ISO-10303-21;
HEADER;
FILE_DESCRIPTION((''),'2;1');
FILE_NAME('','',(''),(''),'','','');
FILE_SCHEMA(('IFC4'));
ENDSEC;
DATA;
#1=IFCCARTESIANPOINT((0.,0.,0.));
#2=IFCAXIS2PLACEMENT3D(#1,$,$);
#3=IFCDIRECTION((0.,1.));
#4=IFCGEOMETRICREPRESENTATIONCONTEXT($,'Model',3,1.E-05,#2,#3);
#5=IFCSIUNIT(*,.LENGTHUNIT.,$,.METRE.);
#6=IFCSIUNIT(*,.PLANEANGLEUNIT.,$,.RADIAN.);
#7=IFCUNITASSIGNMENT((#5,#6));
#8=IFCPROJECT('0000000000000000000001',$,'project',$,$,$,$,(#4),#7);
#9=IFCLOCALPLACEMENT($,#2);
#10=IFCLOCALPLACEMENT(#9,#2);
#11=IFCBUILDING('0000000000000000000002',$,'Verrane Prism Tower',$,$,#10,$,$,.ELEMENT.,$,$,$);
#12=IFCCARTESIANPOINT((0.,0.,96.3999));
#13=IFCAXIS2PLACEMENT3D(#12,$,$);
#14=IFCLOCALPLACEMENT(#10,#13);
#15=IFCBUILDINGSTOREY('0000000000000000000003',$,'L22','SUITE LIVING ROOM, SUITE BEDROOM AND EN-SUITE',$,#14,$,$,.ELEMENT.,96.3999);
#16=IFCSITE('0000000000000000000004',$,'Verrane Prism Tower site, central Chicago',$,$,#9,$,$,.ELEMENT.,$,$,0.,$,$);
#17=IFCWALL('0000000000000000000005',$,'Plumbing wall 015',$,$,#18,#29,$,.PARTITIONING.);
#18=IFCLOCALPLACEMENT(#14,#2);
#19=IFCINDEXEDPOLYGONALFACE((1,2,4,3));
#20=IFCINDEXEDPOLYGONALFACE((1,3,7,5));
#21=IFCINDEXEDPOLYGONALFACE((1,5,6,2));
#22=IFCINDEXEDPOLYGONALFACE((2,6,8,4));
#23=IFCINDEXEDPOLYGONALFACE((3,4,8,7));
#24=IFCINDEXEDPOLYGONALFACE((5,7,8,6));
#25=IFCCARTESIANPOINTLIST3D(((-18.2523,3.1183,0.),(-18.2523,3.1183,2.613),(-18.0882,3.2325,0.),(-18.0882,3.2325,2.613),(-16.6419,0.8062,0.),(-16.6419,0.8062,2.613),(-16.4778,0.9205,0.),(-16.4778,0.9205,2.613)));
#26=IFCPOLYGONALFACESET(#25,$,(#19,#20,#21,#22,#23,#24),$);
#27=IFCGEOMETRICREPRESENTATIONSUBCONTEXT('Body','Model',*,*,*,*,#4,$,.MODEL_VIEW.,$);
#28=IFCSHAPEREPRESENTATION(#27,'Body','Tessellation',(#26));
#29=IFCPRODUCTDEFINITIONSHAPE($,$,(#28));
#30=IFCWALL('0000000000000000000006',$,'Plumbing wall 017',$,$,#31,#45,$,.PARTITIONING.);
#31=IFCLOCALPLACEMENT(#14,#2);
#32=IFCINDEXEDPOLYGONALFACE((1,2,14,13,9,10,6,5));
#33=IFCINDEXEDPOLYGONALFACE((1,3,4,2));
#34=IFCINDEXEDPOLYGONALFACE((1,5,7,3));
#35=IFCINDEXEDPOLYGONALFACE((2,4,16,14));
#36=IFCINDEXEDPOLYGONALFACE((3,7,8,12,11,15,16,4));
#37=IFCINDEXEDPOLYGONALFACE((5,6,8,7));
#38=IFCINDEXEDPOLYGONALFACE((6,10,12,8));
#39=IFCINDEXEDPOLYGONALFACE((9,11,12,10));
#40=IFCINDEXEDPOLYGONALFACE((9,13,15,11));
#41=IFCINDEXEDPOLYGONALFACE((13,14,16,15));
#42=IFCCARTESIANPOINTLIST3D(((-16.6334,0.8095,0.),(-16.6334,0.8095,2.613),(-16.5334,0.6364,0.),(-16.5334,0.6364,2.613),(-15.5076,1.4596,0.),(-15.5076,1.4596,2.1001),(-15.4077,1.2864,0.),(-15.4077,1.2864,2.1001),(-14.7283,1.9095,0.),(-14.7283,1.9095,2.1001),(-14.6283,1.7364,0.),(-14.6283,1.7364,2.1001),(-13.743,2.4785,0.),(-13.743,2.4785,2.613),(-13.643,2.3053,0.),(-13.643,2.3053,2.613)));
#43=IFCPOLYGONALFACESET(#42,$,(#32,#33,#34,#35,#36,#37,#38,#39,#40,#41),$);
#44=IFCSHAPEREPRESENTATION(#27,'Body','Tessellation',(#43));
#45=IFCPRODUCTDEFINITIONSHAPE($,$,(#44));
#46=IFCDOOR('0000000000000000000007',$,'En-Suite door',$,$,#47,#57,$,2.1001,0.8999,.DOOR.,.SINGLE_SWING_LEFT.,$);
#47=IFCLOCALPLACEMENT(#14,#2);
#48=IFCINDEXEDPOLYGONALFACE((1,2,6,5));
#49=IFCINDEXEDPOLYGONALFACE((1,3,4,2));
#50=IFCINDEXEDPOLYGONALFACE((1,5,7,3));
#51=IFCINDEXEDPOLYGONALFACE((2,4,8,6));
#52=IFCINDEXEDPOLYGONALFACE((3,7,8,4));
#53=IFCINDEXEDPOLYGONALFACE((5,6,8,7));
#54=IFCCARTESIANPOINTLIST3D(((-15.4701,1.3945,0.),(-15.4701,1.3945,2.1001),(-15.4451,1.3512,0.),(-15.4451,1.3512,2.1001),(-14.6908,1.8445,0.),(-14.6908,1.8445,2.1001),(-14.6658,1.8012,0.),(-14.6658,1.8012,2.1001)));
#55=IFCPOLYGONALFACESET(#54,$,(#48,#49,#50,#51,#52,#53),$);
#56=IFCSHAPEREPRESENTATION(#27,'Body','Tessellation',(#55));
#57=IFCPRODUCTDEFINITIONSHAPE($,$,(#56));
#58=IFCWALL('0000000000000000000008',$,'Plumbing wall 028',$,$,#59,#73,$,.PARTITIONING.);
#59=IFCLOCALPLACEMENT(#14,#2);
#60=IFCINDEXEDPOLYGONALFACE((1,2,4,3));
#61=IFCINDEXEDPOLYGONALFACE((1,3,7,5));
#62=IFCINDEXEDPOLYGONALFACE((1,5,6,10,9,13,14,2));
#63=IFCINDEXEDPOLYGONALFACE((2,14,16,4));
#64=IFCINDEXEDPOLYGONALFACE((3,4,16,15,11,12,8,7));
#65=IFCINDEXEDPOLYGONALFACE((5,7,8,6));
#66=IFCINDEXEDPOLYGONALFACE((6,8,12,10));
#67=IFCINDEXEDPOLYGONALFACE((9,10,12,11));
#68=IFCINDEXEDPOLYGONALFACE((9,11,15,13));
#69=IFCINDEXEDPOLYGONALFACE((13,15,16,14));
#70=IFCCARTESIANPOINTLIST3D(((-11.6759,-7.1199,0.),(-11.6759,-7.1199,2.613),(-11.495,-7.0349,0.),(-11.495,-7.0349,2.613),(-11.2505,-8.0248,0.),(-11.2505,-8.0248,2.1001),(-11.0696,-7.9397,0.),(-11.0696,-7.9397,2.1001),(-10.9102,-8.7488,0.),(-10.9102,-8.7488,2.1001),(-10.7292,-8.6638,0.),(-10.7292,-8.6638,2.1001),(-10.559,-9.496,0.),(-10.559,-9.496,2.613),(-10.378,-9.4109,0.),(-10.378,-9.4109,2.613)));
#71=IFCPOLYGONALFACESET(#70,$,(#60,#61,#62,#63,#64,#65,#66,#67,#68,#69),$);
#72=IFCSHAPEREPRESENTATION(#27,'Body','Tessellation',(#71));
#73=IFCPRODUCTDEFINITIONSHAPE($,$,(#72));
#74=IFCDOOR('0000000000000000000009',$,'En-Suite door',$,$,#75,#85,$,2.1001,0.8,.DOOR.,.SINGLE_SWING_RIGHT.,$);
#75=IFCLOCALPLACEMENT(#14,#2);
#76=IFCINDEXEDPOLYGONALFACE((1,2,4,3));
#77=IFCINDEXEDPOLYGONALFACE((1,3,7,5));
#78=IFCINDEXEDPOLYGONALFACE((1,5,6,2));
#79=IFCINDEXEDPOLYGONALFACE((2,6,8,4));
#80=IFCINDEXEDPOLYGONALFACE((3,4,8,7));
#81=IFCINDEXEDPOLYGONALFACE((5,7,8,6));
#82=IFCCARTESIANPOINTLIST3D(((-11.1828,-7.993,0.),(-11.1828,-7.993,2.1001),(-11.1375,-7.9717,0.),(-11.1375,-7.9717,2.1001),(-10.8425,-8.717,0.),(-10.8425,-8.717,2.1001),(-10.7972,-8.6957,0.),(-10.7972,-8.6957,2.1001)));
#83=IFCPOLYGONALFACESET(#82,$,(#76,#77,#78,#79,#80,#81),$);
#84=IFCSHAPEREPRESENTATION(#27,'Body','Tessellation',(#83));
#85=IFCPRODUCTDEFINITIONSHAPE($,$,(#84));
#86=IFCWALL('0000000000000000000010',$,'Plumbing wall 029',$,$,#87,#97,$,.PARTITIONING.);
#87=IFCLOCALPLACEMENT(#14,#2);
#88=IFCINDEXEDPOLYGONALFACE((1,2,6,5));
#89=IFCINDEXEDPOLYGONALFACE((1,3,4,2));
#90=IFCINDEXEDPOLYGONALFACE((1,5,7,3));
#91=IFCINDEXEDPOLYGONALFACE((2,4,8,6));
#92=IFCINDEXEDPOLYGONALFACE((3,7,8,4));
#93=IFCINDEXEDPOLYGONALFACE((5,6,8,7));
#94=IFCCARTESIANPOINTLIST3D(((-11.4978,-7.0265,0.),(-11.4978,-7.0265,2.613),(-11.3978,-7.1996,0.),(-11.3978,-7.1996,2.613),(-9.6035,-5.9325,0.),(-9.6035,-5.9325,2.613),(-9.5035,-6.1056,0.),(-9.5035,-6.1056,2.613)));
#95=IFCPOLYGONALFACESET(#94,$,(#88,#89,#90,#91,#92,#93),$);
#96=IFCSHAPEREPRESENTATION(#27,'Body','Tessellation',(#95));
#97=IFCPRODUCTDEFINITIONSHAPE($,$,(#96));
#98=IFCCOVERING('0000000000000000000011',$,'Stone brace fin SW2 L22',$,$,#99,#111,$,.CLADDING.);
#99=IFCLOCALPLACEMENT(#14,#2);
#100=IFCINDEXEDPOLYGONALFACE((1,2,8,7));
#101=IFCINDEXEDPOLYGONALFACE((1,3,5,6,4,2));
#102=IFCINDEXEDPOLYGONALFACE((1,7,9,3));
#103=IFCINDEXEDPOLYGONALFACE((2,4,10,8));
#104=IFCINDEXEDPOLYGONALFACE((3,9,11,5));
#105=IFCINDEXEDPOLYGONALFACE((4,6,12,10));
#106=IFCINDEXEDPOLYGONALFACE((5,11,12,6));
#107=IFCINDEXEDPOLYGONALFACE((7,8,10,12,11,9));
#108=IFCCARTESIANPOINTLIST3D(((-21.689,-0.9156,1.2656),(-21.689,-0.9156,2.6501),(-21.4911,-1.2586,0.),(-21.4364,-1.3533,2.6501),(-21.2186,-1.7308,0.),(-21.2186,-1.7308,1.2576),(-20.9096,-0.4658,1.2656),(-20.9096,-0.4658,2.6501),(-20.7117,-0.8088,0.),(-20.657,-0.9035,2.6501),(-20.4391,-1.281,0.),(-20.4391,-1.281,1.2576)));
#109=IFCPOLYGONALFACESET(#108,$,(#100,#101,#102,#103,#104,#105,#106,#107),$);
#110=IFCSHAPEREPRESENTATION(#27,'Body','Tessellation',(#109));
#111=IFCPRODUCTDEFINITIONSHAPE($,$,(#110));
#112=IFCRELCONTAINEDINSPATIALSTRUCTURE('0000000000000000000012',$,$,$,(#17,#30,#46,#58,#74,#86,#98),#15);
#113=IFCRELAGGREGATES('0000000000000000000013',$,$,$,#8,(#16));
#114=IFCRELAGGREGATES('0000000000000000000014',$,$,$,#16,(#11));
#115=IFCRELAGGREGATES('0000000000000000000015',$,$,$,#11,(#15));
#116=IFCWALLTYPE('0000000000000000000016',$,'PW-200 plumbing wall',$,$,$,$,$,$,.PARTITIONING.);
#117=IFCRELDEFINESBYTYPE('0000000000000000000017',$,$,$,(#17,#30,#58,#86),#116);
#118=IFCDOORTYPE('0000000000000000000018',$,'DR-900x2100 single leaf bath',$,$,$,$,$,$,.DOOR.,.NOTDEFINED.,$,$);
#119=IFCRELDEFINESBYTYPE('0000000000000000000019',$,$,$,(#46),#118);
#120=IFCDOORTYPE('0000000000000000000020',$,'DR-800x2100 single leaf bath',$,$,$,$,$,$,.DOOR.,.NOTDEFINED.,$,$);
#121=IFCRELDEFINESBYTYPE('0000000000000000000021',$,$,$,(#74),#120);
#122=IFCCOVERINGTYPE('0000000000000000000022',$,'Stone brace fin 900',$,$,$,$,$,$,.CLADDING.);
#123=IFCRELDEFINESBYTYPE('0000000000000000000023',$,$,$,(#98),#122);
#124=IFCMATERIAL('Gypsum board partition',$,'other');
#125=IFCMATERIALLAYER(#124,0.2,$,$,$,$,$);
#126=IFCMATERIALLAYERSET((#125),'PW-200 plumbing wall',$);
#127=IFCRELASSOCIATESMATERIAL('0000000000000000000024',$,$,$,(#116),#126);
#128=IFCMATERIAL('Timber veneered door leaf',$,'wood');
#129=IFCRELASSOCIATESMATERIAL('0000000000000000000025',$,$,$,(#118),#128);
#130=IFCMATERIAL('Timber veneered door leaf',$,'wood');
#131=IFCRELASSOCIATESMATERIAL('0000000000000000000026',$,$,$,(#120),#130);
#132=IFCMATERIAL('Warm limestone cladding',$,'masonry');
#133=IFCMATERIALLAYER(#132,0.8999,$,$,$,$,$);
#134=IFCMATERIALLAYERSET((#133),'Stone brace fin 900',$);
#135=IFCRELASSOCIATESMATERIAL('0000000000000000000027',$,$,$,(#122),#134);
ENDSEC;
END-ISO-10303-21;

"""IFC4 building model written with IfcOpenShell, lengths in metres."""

from ifc_helpers import new_model, si_unit, direction, frame, frame_2d, origin, place, context, subcontext, project, spatial, polyline, rectangle, outline, extrude, material, layer, layer_set, type_object, element, fill, save


model = new_model("IFC4")

# Units and contexts
model_context = context("Model", 3, precision=1e-05, world=origin(), true_north=direction((0.0, 1.0)))
body_context = subcontext(model_context, "Body", "Model", "MODEL_VIEW")
ifc_project = project(units=[si_unit("LENGTHUNIT", "METRE"), si_unit("PLANEANGLEUNIT", "RADIAN")], contexts=[model_context])

# Site, building, storey
site_placement = place(None, origin())
site = spatial("IfcSite", under=ifc_project, at=site_placement, Name="Verrane Prism Tower site, central Chicago", CompositionType="ELEMENT", RefElevation=0.0)
building_placement = place(site_placement, origin())
building = spatial("IfcBuilding", under=site, at=building_placement, Name="Verrane Prism Tower", CompositionType="ELEMENT")
storey_placement = place(building_placement, frame((0.0, 0.0, 96.3999)))
storey = spatial("IfcBuildingStorey", under=building, at=storey_placement, Name="L22", Description="SUITE LIVING ROOM, SUITE BEDROOM AND EN-SUITE", CompositionType="ELEMENT", Elevation=96.3999)

# Wall
ifc_material_1 = material(Name="Gypsum board partition", Category="other")
ifc_layer_1 = layer(ifc_material_1, 0.2)
ifc_layer_set_1 = layer_set([ifc_layer_1], Name="PW-200 plumbing wall")
wall_type_1 = type_object("IfcWallType", Name="PW-200 plumbing wall", PredefinedType="PARTITIONING", material=ifc_layer_set_1)
wall_1_placement = place(storey_placement, frame((-18.1702, 3.1753, 0.0), z_axis=(0.0, 0.0, 1.0), x_axis=(0.571542, -0.820573, 0.0)))
element("IfcWall", 1, at=wall_1_placement, inside=storey, type_object=wall_type_1, Name="Plumbing wall 015", PredefinedType="PARTITIONING", context=body_context, shape_type="SweptSolid", body=[
    extrude(rectangle(XDim=2.8176, YDim=0.2, at=frame_2d((1.4087, 0.0))), origin(), (0.0, 0.0, 1.0), 2.613),
])

# Walls, openings, doors
wall_2_placement = place(storey_placement, frame((-16.5835, 0.7229, 0.0), z_axis=(0.0, 0.0, 1.0), x_axis=(0.866002, 0.500041, 0.0)))
wall_2 = element("IfcWall", 2, at=wall_2_placement, inside=storey, type_object=wall_type_1, Name="Plumbing wall 017", PredefinedType="PARTITIONING", context=body_context, shape_type="SweptSolid", body=[
    extrude(rectangle(XDim=3.3376, YDim=0.2, at=frame_2d((1.6689, 0.0))), origin(), (0.0, 0.0, 1.0), 2.613),
])
opening_1_placement = place(wall_2_placement, frame((1.3, 0.0, 0.0)))
opening_1 = element("IfcOpeningElement", 3, at=opening_1_placement, cuts=wall_2, PredefinedType="OPENING", context=body_context, shape_type="SweptSolid", body=[
    extrude(rectangle(XDim=0.8999, YDim=2.1001, at=frame_2d((0.45, 1.05))), frame((0.0, 0.1099, 0.0), z_axis=(0.0, -1.0, 0.0), x_axis=(1.0, 0.0, 0.0)), (0.0, 0.0, 1.0), 0.22),
])
ifc_material_2 = material(Name="Timber veneered door leaf", Category="wood")
door_type_1 = type_object("IfcDoorType", Name="DR-900x2100 single leaf bath", OperationType="NOTDEFINED", PredefinedType="DOOR", material=ifc_material_2)
door_1_placement = place(opening_1_placement, origin())
door_1 = element("IfcDoor", 4, at=door_1_placement, inside=storey, type_object=door_type_1, Name="En-Suite door", OperationType="SINGLE_SWING_LEFT", OverallHeight=2.1001, OverallWidth=0.8999, PredefinedType="DOOR", context=body_context, shape_type="SweptSolid", body=[
    extrude(rectangle(XDim=0.8999, YDim=2.1001, at=frame_2d((0.45, 1.05))), frame((0.0, 0.0249, 0.0), z_axis=(0.0, -1.0, 0.0), x_axis=(1.0, 0.0, 0.0)), (0.0, 0.0, 1.0), 0.05),
])
fill(opening_1, door_1)
wall_3_placement = place(storey_placement, frame((-11.5854, -7.0774, 0.0), z_axis=(0.0, 0.0, 1.0), x_axis=(0.425434, -0.904989, 0.0)))
wall_3 = element("IfcWall", 5, at=wall_3_placement, inside=storey, type_object=wall_type_1, Name="Plumbing wall 028", PredefinedType="PARTITIONING", context=body_context, shape_type="SweptSolid", body=[
    extrude(rectangle(XDim=2.6255, YDim=0.2, at=frame_2d((1.3127, 0.0))), origin(), (0.0, 0.0, 1.0), 2.613),
])
opening_2_placement = place(wall_3_placement, frame((1.0, 0.0, 0.0)))
opening_2 = element("IfcOpeningElement", 6, at=opening_2_placement, cuts=wall_3, PredefinedType="OPENING", context=body_context, shape_type="SweptSolid", body=[
    extrude(rectangle(XDim=0.8, YDim=2.1001, at=frame_2d((0.3999, 1.05))), frame((0.0, 0.1099, 0.0), z_axis=(0.0, -1.0, 0.0), x_axis=(1.0, 0.0, 0.0)), (0.0, 0.0, 1.0), 0.22),
])
ifc_material_3 = material(Name="Timber veneered door leaf", Category="wood")
door_type_2 = type_object("IfcDoorType", Name="DR-800x2100 single leaf bath", OperationType="NOTDEFINED", PredefinedType="DOOR", material=ifc_material_3)
door_2_placement = place(opening_2_placement, origin())
door_2 = element("IfcDoor", 7, at=door_2_placement, inside=storey, type_object=door_type_2, Name="En-Suite door", OperationType="SINGLE_SWING_RIGHT", OverallHeight=2.1001, OverallWidth=0.8, PredefinedType="DOOR", context=body_context, shape_type="SweptSolid", body=[
    extrude(rectangle(XDim=0.8, YDim=2.1001, at=frame_2d((0.3999, 1.05))), frame((0.0, 0.0249, 0.0), z_axis=(0.0, -1.0, 0.0), x_axis=(1.0, 0.0, 0.0)), (0.0, 0.0, 1.0), 0.05),
])
fill(opening_2, door_2)

# Wall
wall_4_placement = place(storey_placement, frame((-11.4478, -7.113, 0.0), z_axis=(0.0, 0.0, 1.0), x_axis=(0.865961, 0.500112, 0.0)))
element("IfcWall", 8, at=wall_4_placement, inside=storey, type_object=wall_type_1, Name="Plumbing wall 029", PredefinedType="PARTITIONING", context=body_context, shape_type="SweptSolid", body=[
    extrude(rectangle(XDim=2.1875, YDim=0.2, at=frame_2d((1.0938, 0.0))), origin(), (0.0, 0.0, 1.0), 2.613),
])

# Covering
ifc_material_4 = material(Name="Warm limestone cladding", Category="masonry")
ifc_layer_2 = layer(ifc_material_4, 0.8999)
ifc_layer_set_2 = layer_set([ifc_layer_2], Name="Stone brace fin 900")
covering_type = type_object("IfcCoveringType", Name="Stone brace fin 900", PredefinedType="CLADDING", material=ifc_layer_set_2)
covering_placement = place(storey_placement, frame((-20.8289, -1.5059, 0.0), z_axis=(0.0, 0.0, 1.0), x_axis=(-0.49985, 0.866112, 0.0)))
element("IfcCovering", 9, at=covering_placement, inside=storey, type_object=covering_type, Name="Stone brace fin SW2 L22", PredefinedType="CLADDING", context=body_context, shape_type="SweptSolid", body=[
    extrude(outline(polyline([(0.9412, 2.6501), (0.4358, 2.6501), (0.0, 1.2576), (0.0, 0.0), (0.5452, 0.0), (0.9412, 1.2656), (0.9412, 2.6501)])), frame((0.0, 0.45, 0.0), z_axis=(0.0, -1.0, 0.0), x_axis=(1.0, 0.0, 0.0)), (0.0, 0.0, 1.0), 0.8999),
])

save(model, "model.ifc")
